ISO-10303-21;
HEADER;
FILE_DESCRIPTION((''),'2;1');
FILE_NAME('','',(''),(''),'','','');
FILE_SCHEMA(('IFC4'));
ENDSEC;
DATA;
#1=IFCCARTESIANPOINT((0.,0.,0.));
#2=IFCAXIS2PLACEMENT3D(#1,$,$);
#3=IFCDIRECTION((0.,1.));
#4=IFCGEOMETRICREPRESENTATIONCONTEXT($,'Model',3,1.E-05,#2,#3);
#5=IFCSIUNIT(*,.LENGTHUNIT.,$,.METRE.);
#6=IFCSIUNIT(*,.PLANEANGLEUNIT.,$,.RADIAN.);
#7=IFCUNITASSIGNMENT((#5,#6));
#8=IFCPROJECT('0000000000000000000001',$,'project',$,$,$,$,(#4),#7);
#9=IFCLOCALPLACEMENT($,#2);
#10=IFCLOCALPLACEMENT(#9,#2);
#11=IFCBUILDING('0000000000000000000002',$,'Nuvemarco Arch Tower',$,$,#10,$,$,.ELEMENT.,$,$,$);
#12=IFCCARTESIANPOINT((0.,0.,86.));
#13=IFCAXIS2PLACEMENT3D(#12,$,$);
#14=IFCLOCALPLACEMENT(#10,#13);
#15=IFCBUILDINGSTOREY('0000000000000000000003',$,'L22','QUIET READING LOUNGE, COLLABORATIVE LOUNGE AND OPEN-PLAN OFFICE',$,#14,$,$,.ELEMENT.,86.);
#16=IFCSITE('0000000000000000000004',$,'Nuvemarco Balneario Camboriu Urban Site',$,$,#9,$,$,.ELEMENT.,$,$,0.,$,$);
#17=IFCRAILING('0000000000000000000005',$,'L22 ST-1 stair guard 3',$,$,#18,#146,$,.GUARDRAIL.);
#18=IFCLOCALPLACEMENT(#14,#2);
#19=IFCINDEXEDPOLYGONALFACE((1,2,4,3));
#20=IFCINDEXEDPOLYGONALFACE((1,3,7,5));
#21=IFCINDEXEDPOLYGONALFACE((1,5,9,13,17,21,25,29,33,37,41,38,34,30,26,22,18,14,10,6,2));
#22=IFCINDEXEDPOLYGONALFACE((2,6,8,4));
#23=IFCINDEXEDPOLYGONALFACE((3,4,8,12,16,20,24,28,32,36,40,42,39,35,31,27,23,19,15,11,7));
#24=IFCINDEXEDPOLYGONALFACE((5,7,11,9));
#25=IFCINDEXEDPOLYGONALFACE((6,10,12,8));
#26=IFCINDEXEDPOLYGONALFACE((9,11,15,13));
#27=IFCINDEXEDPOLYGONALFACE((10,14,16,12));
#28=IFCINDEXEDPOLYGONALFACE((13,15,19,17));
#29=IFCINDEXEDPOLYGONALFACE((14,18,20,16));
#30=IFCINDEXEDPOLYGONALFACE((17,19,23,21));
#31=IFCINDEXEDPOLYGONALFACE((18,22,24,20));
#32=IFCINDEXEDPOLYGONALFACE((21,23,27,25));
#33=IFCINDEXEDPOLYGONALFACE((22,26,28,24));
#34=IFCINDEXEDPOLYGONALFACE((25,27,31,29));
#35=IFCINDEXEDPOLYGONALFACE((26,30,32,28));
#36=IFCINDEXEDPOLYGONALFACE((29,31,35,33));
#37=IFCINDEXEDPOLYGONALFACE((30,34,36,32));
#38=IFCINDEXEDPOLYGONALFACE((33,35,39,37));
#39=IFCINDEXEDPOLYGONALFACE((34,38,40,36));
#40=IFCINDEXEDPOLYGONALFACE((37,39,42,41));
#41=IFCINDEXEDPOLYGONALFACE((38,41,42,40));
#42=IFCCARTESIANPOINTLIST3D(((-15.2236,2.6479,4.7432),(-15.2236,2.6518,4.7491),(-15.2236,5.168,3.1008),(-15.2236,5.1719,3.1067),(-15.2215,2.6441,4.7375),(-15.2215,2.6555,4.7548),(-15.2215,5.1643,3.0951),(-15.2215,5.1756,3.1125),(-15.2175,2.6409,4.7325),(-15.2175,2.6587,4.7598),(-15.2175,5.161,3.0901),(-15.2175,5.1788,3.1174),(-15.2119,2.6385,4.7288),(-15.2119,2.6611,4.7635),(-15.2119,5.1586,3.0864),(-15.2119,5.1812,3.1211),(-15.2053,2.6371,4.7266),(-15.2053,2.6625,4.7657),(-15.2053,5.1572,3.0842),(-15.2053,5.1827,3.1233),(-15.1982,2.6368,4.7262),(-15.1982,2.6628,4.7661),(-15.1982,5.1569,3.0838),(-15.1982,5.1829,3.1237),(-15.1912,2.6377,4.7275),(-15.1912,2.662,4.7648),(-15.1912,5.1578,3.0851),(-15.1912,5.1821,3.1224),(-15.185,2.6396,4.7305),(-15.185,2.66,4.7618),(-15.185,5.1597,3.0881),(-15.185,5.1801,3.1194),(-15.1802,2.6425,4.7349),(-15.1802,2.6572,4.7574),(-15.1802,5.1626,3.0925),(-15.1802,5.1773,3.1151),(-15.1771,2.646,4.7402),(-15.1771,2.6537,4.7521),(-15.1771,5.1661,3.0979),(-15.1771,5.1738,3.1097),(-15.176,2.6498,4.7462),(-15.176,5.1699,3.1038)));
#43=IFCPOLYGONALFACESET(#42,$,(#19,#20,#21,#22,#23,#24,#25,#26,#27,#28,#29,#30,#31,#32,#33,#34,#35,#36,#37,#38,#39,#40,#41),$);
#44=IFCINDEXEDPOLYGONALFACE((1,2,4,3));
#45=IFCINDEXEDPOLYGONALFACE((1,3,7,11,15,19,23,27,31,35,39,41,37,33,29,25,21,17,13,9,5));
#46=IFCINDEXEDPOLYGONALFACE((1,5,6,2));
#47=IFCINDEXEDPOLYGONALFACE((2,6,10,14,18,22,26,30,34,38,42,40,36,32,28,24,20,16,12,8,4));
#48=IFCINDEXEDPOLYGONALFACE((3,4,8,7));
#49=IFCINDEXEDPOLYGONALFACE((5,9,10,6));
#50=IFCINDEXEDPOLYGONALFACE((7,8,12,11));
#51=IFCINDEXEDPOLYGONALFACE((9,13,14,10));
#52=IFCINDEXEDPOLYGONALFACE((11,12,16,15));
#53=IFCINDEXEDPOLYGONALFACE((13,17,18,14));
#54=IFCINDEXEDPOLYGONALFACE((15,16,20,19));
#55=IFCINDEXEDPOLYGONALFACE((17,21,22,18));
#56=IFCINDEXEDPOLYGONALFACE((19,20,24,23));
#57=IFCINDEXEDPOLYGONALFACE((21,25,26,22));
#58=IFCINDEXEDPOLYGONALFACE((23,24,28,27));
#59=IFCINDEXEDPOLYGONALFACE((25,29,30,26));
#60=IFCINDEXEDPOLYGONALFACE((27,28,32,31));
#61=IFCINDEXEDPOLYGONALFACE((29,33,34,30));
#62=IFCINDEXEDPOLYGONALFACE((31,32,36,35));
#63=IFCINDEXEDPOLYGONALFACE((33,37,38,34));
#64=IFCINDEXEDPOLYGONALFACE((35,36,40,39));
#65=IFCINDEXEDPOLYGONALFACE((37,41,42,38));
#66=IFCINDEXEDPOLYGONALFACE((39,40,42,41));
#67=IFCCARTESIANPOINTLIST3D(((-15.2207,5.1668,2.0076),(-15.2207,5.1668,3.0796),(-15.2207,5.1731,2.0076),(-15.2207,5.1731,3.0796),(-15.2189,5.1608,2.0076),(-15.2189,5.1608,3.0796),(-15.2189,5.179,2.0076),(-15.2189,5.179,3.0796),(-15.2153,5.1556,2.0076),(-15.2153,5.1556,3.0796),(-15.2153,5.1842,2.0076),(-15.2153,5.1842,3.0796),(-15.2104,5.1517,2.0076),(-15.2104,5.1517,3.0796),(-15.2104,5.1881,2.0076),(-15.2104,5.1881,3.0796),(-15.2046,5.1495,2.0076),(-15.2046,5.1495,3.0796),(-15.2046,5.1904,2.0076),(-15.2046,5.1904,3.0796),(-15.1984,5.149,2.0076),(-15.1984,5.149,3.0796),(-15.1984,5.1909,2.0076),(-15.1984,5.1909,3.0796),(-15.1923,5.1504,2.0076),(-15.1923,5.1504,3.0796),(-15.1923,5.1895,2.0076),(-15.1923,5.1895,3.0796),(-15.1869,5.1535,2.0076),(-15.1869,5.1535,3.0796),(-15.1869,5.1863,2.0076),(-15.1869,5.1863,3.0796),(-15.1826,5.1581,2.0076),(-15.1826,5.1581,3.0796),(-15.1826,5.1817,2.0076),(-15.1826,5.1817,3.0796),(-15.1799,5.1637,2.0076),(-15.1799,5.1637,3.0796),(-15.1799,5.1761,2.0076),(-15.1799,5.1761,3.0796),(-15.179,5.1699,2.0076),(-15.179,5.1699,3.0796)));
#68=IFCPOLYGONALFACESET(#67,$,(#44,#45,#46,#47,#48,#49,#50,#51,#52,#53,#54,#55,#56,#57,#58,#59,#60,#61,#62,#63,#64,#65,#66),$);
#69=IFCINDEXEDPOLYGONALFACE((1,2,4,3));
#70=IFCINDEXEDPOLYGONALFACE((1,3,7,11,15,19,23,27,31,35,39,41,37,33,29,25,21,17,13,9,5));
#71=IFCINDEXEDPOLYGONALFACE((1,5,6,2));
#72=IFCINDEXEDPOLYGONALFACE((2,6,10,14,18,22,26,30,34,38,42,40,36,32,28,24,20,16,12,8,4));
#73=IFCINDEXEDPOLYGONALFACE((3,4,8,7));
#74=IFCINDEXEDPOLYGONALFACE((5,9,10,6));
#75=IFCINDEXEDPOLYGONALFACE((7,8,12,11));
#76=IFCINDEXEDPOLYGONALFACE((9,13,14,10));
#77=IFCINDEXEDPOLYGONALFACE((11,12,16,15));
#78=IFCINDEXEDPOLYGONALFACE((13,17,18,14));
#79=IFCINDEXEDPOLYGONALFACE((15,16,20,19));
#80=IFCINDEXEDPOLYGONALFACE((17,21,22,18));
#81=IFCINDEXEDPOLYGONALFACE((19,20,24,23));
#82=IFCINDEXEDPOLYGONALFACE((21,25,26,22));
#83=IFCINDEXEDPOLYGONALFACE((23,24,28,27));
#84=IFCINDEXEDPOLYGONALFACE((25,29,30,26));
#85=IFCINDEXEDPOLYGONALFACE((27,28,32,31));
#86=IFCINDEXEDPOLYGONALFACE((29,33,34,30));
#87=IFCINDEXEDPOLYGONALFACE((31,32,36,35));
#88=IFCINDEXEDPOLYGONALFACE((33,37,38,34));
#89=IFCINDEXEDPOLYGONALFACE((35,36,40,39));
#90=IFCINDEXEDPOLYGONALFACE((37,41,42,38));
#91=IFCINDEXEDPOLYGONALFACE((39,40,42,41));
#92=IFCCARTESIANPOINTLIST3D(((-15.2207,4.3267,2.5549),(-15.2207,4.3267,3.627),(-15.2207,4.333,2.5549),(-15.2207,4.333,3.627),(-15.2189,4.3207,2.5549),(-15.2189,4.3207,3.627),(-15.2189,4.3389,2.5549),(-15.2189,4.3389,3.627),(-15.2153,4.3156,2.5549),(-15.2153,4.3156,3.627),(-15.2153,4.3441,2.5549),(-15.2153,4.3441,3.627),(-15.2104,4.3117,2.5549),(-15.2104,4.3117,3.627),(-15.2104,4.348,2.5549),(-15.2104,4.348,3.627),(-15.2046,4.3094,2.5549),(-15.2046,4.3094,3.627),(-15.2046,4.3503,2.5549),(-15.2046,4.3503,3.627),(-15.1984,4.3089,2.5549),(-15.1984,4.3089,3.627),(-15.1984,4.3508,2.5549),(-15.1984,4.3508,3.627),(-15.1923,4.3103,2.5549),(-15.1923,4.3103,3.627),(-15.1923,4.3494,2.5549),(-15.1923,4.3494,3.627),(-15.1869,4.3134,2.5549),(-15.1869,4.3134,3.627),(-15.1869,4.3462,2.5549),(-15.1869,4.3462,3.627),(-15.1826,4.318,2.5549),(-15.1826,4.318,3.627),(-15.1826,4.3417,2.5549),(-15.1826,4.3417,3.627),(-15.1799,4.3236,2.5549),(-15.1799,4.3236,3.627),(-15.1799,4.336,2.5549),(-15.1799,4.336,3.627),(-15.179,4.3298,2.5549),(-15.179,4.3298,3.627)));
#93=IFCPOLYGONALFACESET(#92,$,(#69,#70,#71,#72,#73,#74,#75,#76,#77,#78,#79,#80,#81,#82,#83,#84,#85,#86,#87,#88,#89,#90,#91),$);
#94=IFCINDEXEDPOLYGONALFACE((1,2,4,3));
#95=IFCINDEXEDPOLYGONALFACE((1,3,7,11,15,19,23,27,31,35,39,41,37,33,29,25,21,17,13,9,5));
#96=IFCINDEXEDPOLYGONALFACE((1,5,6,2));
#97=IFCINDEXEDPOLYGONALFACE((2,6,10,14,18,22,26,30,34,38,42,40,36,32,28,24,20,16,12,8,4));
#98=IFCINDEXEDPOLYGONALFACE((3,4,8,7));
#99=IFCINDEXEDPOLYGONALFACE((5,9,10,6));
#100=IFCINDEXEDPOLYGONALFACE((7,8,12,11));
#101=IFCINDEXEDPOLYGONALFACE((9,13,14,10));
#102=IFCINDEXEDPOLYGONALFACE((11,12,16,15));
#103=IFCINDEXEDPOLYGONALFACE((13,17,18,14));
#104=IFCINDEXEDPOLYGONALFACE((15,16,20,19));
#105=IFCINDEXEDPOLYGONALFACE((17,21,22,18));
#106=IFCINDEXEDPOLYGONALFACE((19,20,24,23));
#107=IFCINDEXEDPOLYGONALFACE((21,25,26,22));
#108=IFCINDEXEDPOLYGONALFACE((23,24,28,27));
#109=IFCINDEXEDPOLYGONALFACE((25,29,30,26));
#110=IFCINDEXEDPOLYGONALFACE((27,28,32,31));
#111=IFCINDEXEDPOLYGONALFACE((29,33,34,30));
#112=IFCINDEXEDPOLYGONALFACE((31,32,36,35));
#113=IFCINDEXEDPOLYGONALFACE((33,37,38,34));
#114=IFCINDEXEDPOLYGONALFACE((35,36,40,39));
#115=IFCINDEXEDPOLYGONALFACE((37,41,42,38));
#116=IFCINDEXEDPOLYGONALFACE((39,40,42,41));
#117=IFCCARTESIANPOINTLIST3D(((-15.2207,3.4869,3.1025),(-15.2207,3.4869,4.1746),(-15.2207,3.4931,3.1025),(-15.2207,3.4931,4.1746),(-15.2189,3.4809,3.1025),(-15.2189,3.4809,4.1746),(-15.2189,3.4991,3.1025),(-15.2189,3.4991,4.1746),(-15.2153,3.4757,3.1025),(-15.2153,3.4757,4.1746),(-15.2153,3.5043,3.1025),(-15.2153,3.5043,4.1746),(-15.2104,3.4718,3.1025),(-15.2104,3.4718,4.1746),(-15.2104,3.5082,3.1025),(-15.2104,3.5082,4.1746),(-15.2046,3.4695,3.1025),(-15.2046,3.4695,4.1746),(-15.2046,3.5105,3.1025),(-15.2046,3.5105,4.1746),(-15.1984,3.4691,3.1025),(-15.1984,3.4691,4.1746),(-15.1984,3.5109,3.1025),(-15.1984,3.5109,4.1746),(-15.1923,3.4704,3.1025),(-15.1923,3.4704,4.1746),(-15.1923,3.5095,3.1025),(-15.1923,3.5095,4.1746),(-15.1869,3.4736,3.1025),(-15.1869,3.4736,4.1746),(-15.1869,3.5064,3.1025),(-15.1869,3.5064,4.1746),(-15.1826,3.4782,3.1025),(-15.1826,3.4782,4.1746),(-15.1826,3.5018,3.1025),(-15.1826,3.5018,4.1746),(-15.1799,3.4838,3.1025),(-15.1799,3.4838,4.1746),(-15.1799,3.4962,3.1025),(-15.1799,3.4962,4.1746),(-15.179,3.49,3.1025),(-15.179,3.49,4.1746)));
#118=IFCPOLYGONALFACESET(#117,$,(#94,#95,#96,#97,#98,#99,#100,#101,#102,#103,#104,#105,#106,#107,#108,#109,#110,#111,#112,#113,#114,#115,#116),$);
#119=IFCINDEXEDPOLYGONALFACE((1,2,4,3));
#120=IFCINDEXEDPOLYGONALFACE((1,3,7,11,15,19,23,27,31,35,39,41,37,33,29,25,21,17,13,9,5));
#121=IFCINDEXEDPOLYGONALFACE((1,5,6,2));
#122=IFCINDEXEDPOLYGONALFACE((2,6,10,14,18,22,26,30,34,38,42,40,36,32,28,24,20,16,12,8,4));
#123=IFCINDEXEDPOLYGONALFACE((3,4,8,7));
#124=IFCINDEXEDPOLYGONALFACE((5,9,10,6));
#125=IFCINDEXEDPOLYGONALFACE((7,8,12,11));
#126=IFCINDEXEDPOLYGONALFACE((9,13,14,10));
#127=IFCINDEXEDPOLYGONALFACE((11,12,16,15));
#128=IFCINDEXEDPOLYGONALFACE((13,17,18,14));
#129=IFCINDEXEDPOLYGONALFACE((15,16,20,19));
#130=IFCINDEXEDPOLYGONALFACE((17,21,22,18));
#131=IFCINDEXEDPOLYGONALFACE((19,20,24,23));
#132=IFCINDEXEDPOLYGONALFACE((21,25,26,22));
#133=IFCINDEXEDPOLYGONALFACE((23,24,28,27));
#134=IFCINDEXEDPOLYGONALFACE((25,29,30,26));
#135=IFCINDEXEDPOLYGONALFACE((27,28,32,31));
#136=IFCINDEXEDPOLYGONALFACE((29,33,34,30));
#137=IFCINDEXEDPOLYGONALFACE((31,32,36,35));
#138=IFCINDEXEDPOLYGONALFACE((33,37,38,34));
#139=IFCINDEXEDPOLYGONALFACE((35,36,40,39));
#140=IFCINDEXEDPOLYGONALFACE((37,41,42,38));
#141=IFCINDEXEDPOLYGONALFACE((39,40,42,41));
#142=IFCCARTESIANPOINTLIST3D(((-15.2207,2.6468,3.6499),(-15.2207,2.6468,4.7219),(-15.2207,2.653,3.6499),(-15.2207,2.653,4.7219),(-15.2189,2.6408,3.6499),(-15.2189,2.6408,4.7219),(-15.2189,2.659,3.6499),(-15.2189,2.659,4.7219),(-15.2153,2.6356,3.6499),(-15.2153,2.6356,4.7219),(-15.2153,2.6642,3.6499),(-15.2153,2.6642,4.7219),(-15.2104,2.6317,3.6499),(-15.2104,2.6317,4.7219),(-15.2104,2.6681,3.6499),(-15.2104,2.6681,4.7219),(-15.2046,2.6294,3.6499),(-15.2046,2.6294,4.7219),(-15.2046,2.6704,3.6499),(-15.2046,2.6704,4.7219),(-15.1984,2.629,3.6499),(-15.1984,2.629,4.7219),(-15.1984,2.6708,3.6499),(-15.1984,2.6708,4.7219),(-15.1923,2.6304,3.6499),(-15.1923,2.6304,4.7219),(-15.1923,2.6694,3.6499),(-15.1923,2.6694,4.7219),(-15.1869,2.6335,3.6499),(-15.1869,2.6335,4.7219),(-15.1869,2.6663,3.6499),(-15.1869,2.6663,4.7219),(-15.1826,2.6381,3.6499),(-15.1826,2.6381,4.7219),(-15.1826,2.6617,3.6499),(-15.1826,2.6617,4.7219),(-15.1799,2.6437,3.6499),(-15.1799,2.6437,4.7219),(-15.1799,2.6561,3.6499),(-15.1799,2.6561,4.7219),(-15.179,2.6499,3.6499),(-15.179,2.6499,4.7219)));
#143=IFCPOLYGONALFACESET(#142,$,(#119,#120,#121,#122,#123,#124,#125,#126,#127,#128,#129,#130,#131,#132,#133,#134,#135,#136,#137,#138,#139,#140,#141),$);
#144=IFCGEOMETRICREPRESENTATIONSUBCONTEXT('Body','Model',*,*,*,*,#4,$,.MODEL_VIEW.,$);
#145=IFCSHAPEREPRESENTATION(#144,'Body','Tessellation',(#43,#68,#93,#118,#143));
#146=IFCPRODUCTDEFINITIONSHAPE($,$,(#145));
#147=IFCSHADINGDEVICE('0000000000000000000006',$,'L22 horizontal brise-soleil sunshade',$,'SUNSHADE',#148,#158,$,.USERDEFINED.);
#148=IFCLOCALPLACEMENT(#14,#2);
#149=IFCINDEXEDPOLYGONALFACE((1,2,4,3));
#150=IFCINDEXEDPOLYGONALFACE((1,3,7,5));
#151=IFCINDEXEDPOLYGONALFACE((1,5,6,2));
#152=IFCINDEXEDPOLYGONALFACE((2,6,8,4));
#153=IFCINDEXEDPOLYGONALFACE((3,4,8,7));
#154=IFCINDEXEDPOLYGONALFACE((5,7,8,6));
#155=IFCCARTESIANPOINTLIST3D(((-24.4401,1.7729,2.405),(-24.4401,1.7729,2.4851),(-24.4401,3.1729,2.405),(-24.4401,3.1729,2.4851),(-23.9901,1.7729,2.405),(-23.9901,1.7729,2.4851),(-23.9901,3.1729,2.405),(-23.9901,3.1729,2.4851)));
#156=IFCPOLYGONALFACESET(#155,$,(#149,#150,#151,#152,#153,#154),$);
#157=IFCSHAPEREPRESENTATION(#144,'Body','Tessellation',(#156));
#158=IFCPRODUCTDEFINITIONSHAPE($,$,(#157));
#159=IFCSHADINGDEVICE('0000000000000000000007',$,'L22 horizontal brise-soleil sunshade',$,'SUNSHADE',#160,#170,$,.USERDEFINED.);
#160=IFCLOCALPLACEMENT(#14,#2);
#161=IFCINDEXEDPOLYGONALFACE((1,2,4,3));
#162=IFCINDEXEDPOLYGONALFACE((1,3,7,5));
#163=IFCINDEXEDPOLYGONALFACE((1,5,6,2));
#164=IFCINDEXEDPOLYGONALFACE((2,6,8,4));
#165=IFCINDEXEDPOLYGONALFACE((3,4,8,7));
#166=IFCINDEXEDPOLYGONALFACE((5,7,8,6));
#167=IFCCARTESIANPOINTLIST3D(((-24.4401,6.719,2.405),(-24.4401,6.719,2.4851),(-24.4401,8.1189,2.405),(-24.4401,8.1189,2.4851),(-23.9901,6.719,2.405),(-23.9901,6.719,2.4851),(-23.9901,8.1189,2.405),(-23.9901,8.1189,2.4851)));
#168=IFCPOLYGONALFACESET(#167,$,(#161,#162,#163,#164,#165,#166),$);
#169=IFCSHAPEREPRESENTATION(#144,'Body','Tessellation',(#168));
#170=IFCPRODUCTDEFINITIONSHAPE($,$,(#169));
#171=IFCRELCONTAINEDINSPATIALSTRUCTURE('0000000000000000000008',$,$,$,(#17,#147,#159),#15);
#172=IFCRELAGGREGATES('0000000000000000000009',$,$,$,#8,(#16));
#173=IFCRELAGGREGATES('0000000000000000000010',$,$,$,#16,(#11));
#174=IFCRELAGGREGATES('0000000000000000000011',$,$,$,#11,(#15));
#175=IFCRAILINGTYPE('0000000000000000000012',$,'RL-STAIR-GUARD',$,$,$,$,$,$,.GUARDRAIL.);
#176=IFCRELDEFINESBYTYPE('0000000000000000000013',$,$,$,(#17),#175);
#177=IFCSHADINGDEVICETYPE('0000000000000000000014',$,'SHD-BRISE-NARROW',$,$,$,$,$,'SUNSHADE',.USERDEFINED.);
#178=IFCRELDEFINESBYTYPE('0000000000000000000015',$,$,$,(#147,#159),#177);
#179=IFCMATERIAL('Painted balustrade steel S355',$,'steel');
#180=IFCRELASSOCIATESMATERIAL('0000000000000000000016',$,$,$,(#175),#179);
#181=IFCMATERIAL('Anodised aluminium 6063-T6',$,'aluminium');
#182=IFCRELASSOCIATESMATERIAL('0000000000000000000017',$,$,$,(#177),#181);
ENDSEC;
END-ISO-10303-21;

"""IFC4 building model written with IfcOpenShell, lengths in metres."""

from ifc_helpers import new_model, si_unit, direction, frame, origin, origin_2d, place, context, subcontext, project, spatial, rectangle, circle, extrude, source, transform, mapped, material, type_object, type_shapes, element, save


model = new_model("IFC4")

# Units and contexts
model_context = context("Model", 3, precision=1e-05, world=origin(), true_north=direction((0.0, 1.0)))
body_context = subcontext(model_context, "Body", "Model", "MODEL_VIEW")
ifc_project = project(units=[si_unit("LENGTHUNIT", "METRE"), si_unit("PLANEANGLEUNIT", "RADIAN")], contexts=[model_context])

# Site, building, storey
site_placement = place(None, origin())
site = spatial("IfcSite", under=ifc_project, at=site_placement, Name="Nuvemarco Balneario Camboriu Urban Site", CompositionType="ELEMENT", RefElevation=0.0)
building_placement = place(site_placement, origin())
building = spatial("IfcBuilding", under=site, at=building_placement, Name="Nuvemarco Arch Tower", CompositionType="ELEMENT")
storey_placement = place(building_placement, frame((0.0, 0.0, 86.0)))
storey = spatial("IfcBuildingStorey", under=building, at=storey_placement, Name="L22", Description="QUIET READING LOUNGE, COLLABORATIVE LOUNGE AND OPEN-PLAN OFFICE", CompositionType="ELEMENT", Elevation=86.0)

# Railing
ifc_material_1 = material(Name="Painted balustrade steel S355", Category="steel")
railing_type_1 = type_object("IfcRailingType", Name="RL-STAIR-GUARD", PredefinedType="GUARDRAIL", material=ifc_material_1)
railing_1_placement = place(storey_placement, frame((-15.2, 5.1699, 2.0076)))
element("IfcRailing", 1, at=railing_1_placement, inside=storey, type_object=railing_type_1, Name="L22 ST-1 stair guard 3", PredefinedType="GUARDRAIL", context=body_context, shape_type="SweptSolid", body=[
    extrude(circle(Radius=0.0239, at=origin_2d()), frame((0.0, 0.0, 1.0962), z_axis=(0.0, -0.837787, 0.545998), x_axis=(1.0, 0.0, 0.0)), (0.0, 0.0, 1.0), 3.0081),
    extrude(circle(Radius=0.021, at=origin_2d()), origin(), (0.0, 0.0, 1.0), 1.072),
    extrude(circle(Radius=0.021, at=origin_2d()), frame((0.0, -0.8401, 0.5474)), (0.0, 0.0, 1.0), 1.072),
    extrude(circle(Radius=0.021, at=origin_2d()), frame((0.0, -1.6799, 1.095)), (0.0, 0.0, 1.0), 1.072),
    extrude(circle(Radius=0.021, at=origin_2d()), frame((0.0, -2.52, 1.6423)), (0.0, 0.0, 1.0), 1.072),
])

# Shading devices
ifc_material_2 = material(Name="Anodised aluminium 6063-T6", Category="aluminium")
shading_device_type = type_object("IfcShadingDeviceType", Name="SHD-BRISE-NARROW", ElementType="SUNSHADE", PredefinedType="USERDEFINED", material=ifc_material_2)
shared_shape = source(origin(), body_context, "Body", "SweptSolid", [
    extrude(rectangle(XDim=1.3999, YDim=0.45, at=origin_2d()), origin(), (0.0, 0.0, 1.0), 0.0801),
])
type_shapes(shading_device_type, [shared_shape])
for number, where, z_axis, x_axis, name in (
    (2, (-24.2151, 2.4729, 2.405), (0.0, 0.0, 1.0), (0.0, 1.0, 0.0), "L22 horizontal brise-soleil sunshade"),
    (3, (-24.2151, 7.4189, 2.405), (0.0, 0.0, 1.0), (0.0, 1.0, 0.0), "L22 horizontal brise-soleil sunshade"),
):
    element("IfcShadingDevice", number, at=place(storey_placement, frame(where, z_axis=z_axis, x_axis=x_axis)), inside=storey, type_object=shading_device_type, Name=name, ObjectType="SUNSHADE", PredefinedType="USERDEFINED", context=body_context, shape_type="MappedRepresentation", body=[
        mapped(shared_shape, transform((0.0, 0.0, 0.0), scale=1.0)),
    ])

save(model, "model.ifc")
